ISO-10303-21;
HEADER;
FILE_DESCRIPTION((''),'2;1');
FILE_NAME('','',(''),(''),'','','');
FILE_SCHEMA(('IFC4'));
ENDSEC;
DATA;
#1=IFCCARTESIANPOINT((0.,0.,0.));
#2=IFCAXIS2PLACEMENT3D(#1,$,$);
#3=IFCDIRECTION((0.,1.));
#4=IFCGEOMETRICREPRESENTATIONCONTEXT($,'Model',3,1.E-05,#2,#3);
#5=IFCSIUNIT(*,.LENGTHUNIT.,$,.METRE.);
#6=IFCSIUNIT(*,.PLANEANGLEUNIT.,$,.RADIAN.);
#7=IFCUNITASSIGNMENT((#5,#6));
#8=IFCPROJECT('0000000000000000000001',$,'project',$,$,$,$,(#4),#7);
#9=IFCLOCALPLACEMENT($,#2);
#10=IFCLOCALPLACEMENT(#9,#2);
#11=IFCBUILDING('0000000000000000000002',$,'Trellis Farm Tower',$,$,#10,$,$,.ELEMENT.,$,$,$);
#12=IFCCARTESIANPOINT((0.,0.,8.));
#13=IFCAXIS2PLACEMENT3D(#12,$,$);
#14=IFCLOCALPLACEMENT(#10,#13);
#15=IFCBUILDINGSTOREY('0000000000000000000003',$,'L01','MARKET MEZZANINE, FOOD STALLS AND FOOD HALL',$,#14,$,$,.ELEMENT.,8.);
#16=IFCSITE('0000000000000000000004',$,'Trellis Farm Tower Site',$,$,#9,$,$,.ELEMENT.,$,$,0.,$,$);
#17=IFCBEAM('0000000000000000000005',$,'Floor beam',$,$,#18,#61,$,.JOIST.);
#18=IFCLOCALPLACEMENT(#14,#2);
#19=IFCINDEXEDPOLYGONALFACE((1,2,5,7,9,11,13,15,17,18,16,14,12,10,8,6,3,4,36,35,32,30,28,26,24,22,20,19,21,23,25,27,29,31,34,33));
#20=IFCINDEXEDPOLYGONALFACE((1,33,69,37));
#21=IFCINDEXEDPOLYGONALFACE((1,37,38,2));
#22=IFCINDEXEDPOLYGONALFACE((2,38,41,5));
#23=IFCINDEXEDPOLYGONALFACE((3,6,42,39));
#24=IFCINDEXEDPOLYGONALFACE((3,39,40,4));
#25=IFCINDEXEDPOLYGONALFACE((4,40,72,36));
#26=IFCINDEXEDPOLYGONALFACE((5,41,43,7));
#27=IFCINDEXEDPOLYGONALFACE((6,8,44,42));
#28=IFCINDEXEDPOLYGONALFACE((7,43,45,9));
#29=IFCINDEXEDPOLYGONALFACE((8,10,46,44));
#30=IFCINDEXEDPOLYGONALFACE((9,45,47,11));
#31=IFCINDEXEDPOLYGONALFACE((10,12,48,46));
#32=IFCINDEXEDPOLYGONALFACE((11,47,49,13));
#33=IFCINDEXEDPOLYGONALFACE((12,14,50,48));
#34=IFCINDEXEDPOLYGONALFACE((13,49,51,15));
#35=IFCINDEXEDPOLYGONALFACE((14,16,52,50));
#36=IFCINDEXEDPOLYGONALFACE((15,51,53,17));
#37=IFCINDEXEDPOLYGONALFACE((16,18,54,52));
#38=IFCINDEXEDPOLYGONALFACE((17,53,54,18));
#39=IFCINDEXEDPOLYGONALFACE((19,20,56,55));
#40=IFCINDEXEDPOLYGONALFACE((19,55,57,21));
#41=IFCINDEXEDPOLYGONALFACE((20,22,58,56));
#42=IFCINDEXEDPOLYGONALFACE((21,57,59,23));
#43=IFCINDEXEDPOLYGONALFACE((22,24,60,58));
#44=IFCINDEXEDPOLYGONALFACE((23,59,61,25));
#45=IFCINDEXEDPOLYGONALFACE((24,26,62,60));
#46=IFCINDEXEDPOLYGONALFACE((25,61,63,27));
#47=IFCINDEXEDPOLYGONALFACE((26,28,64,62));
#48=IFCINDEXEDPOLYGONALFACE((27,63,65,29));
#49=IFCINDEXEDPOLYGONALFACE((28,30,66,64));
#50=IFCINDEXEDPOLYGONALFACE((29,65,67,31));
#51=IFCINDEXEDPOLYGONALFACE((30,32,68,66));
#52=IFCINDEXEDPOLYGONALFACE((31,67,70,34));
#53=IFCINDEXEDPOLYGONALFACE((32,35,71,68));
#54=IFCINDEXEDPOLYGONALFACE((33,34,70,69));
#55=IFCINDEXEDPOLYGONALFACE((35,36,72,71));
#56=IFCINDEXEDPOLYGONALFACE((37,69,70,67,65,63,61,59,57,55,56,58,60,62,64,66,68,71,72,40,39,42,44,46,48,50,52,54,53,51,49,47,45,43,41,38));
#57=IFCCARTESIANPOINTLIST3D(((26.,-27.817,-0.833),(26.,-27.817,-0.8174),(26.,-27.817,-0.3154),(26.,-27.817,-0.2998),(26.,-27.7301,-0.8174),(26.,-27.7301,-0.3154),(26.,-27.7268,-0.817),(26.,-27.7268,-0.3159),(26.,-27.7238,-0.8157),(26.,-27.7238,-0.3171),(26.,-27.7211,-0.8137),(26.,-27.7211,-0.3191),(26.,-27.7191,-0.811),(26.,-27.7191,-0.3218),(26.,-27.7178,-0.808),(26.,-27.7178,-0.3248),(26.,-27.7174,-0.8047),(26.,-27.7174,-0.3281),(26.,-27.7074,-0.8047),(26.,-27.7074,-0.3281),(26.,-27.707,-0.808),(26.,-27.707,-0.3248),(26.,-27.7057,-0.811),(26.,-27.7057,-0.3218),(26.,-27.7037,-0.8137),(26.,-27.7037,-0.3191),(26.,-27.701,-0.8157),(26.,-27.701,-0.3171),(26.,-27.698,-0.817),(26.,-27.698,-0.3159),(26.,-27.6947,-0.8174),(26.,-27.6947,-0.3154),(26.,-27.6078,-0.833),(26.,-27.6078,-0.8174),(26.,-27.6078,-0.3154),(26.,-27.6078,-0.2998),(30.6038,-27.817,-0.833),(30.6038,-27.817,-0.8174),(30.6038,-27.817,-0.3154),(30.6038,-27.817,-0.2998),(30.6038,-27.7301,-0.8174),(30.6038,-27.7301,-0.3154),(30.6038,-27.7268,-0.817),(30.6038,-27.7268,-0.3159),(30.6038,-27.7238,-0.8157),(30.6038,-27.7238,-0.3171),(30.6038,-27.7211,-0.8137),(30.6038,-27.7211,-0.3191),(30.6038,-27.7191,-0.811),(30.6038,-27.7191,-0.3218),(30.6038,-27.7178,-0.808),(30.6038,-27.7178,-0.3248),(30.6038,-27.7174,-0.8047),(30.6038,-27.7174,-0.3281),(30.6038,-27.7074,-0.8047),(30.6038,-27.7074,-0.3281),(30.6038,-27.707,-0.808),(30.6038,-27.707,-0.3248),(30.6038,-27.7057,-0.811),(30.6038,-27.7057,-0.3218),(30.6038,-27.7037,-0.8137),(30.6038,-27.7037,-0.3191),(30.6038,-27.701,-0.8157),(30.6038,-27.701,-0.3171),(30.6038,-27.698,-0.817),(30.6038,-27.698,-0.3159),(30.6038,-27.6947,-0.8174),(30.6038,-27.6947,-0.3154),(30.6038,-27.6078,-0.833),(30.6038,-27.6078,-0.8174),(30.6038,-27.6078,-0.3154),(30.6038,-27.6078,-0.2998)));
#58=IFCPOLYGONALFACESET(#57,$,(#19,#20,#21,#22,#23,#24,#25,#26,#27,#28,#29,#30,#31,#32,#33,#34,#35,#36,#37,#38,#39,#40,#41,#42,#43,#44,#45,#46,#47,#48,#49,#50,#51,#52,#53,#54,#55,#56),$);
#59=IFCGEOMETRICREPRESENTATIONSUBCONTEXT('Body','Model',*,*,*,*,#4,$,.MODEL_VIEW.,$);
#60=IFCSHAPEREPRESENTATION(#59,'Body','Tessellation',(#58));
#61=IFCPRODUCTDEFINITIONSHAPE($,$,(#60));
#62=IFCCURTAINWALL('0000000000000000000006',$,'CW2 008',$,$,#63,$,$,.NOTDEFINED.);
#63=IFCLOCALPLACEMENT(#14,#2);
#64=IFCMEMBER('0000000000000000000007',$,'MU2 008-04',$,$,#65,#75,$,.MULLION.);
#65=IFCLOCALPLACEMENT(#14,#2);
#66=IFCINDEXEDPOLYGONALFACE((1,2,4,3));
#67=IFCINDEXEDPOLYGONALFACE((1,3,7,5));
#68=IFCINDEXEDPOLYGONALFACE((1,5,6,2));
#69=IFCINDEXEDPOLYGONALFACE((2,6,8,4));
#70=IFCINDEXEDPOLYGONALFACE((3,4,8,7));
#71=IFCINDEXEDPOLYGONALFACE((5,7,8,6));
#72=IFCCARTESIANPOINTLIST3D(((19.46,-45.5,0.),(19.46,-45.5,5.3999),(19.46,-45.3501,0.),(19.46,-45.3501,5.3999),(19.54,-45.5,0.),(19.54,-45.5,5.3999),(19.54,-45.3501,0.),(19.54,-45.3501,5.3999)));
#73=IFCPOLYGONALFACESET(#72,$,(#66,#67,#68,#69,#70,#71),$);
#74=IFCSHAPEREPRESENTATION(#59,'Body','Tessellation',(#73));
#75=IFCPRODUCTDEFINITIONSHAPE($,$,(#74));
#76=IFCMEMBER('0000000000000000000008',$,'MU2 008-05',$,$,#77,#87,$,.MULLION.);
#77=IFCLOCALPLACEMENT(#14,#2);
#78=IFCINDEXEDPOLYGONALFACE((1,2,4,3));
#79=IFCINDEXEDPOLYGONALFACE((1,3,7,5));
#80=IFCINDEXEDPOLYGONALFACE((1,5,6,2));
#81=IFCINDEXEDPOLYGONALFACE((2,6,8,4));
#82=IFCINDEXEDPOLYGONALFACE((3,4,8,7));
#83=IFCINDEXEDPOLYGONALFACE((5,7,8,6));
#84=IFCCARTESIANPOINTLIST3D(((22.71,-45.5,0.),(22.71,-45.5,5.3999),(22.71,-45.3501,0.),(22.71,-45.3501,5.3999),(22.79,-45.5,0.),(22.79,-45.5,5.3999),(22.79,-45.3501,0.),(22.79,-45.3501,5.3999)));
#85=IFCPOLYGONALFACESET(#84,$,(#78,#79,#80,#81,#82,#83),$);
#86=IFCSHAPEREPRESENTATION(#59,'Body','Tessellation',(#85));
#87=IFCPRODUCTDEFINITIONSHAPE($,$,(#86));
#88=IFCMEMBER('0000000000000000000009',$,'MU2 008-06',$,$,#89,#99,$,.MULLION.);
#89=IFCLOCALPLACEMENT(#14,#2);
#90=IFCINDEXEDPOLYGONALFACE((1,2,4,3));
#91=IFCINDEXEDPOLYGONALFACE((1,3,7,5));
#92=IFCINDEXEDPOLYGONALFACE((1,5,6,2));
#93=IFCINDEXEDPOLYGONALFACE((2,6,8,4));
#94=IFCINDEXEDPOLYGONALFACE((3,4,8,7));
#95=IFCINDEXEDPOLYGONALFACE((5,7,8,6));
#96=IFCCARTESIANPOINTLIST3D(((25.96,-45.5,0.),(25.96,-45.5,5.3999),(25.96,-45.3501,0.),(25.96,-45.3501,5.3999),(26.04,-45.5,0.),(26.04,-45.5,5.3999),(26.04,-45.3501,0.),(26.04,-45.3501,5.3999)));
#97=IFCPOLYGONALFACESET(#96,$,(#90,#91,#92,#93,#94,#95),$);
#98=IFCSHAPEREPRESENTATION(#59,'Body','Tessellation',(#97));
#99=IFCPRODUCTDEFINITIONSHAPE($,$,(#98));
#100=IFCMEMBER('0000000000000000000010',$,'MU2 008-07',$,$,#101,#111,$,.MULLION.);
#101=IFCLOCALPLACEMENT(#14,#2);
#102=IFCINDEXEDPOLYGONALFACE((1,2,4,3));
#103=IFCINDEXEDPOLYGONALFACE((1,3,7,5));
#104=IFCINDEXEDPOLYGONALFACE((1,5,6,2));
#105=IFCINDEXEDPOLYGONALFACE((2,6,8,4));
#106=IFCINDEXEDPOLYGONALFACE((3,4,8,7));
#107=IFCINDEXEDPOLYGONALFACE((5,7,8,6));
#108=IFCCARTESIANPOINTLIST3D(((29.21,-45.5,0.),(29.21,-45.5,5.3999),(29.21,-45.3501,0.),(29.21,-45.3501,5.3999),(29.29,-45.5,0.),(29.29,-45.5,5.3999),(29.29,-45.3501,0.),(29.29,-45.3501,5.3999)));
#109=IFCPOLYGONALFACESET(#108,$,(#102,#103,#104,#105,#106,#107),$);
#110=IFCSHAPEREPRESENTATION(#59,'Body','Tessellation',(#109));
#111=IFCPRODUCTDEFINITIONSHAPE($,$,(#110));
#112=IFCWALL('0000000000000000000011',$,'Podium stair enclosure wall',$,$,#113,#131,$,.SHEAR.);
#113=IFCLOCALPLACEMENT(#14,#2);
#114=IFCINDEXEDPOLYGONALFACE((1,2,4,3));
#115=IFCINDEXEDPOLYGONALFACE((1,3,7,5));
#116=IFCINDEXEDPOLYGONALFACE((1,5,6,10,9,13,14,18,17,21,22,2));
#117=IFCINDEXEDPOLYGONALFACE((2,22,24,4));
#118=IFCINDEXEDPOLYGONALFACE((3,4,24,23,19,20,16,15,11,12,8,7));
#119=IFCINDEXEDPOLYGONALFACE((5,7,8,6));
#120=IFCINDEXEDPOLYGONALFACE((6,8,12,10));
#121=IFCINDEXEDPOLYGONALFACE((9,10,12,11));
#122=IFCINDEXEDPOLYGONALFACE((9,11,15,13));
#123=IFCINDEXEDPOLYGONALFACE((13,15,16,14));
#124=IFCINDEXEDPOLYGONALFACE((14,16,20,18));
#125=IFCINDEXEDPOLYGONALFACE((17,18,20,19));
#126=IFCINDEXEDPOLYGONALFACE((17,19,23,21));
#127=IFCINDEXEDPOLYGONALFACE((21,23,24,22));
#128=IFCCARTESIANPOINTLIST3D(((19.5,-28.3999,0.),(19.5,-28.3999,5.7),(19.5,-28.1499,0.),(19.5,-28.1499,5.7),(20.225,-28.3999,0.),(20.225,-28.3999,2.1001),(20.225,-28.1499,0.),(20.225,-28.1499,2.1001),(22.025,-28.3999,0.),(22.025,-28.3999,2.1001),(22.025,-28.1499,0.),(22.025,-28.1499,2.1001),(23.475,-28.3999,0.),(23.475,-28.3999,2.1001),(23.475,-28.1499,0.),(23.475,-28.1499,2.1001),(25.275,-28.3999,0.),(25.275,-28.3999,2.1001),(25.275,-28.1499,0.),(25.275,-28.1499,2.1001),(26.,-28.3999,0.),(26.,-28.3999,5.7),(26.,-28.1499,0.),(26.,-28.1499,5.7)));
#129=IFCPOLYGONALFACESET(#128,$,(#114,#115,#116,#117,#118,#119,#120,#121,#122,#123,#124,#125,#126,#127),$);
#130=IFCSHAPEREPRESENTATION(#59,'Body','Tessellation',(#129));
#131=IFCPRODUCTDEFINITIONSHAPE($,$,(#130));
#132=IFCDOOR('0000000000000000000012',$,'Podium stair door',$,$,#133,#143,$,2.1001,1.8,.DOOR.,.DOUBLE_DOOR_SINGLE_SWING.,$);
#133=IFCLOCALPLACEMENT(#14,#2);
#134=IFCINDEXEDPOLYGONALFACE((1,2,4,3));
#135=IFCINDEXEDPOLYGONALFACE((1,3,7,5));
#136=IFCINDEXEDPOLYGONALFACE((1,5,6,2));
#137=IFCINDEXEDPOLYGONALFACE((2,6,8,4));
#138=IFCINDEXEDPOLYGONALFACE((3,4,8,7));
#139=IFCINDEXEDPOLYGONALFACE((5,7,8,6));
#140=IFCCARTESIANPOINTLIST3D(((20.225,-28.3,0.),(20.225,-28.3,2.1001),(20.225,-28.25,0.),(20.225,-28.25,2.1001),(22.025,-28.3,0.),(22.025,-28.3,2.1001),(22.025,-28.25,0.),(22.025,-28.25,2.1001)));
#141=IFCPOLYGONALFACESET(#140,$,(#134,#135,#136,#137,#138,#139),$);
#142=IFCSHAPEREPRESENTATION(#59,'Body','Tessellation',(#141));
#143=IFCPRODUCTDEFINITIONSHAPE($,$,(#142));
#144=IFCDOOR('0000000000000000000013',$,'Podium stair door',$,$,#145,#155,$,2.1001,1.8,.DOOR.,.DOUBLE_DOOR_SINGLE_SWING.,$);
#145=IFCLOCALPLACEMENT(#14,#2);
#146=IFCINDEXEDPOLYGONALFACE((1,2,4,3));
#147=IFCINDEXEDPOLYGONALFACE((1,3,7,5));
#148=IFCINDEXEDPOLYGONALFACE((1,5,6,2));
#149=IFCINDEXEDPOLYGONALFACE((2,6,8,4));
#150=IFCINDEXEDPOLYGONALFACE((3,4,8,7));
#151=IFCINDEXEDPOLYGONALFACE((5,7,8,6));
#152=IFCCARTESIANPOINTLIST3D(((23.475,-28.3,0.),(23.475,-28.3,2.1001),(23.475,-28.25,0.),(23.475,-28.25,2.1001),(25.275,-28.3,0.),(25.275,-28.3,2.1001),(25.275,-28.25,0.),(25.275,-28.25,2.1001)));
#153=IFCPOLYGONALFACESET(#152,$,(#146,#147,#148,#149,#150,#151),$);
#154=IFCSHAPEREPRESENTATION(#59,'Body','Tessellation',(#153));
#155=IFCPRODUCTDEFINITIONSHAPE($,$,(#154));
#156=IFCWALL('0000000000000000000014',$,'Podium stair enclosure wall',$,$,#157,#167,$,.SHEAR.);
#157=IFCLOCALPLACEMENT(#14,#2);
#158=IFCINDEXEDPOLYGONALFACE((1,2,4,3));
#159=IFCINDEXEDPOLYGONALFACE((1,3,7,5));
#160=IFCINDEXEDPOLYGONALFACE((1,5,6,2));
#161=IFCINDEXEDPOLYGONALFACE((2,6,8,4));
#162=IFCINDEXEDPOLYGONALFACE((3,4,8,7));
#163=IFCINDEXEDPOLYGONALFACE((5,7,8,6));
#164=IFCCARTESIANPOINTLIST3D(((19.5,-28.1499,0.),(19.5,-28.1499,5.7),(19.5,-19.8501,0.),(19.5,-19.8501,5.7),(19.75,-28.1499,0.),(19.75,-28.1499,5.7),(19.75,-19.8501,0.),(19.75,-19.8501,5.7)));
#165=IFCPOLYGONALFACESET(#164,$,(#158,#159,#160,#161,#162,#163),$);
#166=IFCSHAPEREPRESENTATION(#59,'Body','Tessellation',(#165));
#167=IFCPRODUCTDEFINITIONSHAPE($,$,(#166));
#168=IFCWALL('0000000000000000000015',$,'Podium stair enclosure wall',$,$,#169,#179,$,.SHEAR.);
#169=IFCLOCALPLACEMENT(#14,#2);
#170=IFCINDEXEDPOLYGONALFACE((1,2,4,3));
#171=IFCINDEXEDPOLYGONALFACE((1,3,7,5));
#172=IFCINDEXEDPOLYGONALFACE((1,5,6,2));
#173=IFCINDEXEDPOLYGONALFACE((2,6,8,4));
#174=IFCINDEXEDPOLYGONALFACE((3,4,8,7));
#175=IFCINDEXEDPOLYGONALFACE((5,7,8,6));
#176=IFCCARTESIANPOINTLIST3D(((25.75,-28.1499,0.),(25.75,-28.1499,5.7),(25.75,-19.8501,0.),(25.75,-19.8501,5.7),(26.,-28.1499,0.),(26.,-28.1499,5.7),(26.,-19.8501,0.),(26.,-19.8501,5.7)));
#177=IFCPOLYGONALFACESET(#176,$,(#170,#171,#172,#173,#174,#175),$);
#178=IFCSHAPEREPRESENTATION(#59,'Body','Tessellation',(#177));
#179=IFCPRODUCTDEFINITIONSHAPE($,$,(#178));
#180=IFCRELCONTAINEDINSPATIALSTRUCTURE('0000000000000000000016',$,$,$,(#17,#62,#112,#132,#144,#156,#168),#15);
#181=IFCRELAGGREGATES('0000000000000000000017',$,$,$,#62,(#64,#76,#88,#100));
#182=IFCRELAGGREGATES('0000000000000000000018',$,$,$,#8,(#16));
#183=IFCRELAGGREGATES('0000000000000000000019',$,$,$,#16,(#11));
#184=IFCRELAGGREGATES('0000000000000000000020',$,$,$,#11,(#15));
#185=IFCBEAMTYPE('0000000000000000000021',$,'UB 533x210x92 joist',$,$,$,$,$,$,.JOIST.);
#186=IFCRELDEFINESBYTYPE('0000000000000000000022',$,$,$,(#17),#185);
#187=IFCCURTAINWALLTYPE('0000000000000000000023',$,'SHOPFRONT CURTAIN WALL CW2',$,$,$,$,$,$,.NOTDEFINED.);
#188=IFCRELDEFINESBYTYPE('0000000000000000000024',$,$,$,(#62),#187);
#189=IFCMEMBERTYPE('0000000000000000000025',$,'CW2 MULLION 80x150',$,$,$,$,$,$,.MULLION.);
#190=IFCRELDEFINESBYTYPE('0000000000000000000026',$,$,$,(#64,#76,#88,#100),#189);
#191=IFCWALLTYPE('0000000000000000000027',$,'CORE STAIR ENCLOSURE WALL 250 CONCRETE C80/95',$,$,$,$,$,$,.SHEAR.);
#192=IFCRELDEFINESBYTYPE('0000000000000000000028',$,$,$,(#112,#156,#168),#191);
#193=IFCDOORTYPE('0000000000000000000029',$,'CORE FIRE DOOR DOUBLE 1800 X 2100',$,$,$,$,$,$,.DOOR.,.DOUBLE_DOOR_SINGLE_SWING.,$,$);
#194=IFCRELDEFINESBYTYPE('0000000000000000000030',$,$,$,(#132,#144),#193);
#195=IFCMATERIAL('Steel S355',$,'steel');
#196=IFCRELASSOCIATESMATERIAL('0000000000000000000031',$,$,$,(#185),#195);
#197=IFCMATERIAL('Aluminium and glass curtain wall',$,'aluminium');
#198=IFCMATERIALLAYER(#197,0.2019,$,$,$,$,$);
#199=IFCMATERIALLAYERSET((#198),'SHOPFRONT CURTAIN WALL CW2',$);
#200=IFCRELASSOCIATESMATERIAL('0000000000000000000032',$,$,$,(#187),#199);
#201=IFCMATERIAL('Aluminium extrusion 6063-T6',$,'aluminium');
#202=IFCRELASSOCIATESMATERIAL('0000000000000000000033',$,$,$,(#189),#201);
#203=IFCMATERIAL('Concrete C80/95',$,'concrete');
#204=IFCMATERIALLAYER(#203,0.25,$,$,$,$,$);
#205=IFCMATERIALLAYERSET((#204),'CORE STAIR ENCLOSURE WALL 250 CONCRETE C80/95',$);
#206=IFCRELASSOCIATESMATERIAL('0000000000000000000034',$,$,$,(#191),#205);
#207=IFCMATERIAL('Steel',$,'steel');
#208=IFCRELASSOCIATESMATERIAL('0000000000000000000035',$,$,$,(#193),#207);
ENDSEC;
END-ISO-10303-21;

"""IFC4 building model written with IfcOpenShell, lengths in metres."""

from ifc_helpers import new_model, si_unit, direction, frame, frame_2d, origin, origin_2d, place, context, subcontext, project, spatial, rectangle, i_section, extrude, source, transform, mapped, material, layer, layer_set, material_profile, profile_set, type_object, element, fill, aggregate, save


model = new_model("IFC4")

# Units and contexts
model_context = context("Model", 3, precision=1e-05, world=origin(), true_north=direction((0.0, 1.0)))
body_context = subcontext(model_context, "Body", "Model", "MODEL_VIEW")
ifc_project = project(units=[si_unit("LENGTHUNIT", "METRE"), si_unit("PLANEANGLEUNIT", "RADIAN")], contexts=[model_context])

# Site, building, storey
site_placement = place(None, origin())
site = spatial("IfcSite", under=ifc_project, at=site_placement, Name="Trellis Farm Tower Site", CompositionType="ELEMENT", RefElevation=0.0)
building_placement = place(site_placement, origin())
building = spatial("IfcBuilding", under=site, at=building_placement, Name="Trellis Farm Tower", CompositionType="ELEMENT")
storey_placement = place(building_placement, frame((0.0, 0.0, 8.0)))
storey = spatial("IfcBuildingStorey", under=building, at=storey_placement, Name="L01", Description="MARKET MEZZANINE, FOOD STALLS AND FOOD HALL", CompositionType="ELEMENT", Elevation=8.0)

# Beam
ifc_material_1 = material(Name="Steel S355", Category="steel")
ifc_material_profile_1 = material_profile(ifc_material_1, i_section(OverallWidth=0.2092, OverallDepth=0.5332, WebThickness=0.01, FlangeThickness=0.0156, FilletRadius=0.0127, at=origin_2d()), Name="UB 533x210x92")
ifc_profile_set_1 = profile_set([ifc_material_profile_1], Name="Steel S355")
beam_type_1 = type_object("IfcBeamType", Name="UB 533x210x92 joist", PredefinedType="JOIST", material=ifc_profile_set_1)
shared_shape_1 = source(origin(), body_context, "Body", "SweptSolid", [
    extrude(i_section(OverallWidth=0.2092, OverallDepth=0.5332, WebThickness=0.01, FlangeThickness=0.0156, FilletRadius=0.0127, at=origin_2d()), origin(), (0.0, 0.0, 1.0), 4.6038),
])
beam_placement = place(storey_placement, frame((26.0, -27.7124, -0.5664), z_axis=(1.0, 0.0, 0.0), x_axis=(0.0, 1.0, 0.0)))
element("IfcBeam", 1, at=beam_placement, inside=storey, type_object=beam_type_1, Name="Floor beam", PredefinedType="JOIST", context=body_context, shape_type="MappedRepresentation", body=[
    mapped(shared_shape_1, transform((0.0, 0.0, 0.0))),
])

# Curtain wall, members
ifc_material_2 = material(Name="Aluminium and glass curtain wall", Category="aluminium")
ifc_layer_1 = layer(ifc_material_2, 0.2019)
ifc_layer_set_1 = layer_set([ifc_layer_1], Name="SHOPFRONT CURTAIN WALL CW2")
curtain_wall_type = type_object("IfcCurtainWallType", Name="SHOPFRONT CURTAIN WALL CW2", PredefinedType="NOTDEFINED", material=ifc_layer_set_1)
placement = place(storey_placement, origin())
curtain_wall = element("IfcCurtainWall", 2, at=placement, inside=storey, type_object=curtain_wall_type, Name="CW2 008", PredefinedType="NOTDEFINED")
ifc_material_3 = material(Name="Aluminium extrusion 6063-T6", Category="aluminium")
ifc_material_profile_2 = material_profile(ifc_material_3, rectangle(XDim=0.0801, YDim=0.1499, at=origin_2d()), Name="MULLION 80x150")
ifc_profile_set_2 = profile_set([ifc_material_profile_2], Name="Aluminium extrusion 6063-T6")
member_type = type_object("IfcMemberType", Name="CW2 MULLION 80x150", PredefinedType="MULLION", material=ifc_profile_set_2)
shared_shape_2 = source(origin(), body_context, "Body", "SweptSolid", [
    extrude(rectangle(XDim=0.0801, YDim=0.1499, at=origin_2d()), origin(), (0.0, 0.0, 1.0), 5.3999),
])
member_1_placement = place(storey_placement, frame((19.5, -45.425, 0.0), z_axis=(0.0, 0.0, 1.0), x_axis=(1.0, 0.0, 0.0)))
member_1 = element("IfcMember", 3, at=member_1_placement, type_object=member_type, Name="MU2 008-04", PredefinedType="MULLION", context=body_context, shape_type="MappedRepresentation", body=[
    mapped(shared_shape_2, transform((0.0, 0.0, 0.0))),
])
member_2_placement = place(storey_placement, frame((22.75, -45.425, 0.0), z_axis=(0.0, 0.0, 1.0), x_axis=(1.0, 0.0, 0.0)))
member_2 = element("IfcMember", 4, at=member_2_placement, type_object=member_type, Name="MU2 008-05", PredefinedType="MULLION", context=body_context, shape_type="MappedRepresentation", body=[
    mapped(shared_shape_2, transform((0.0, 0.0, 0.0))),
])
member_3_placement = place(storey_placement, frame((26.0, -45.425, 0.0), z_axis=(0.0, 0.0, 1.0), x_axis=(1.0, 0.0, 0.0)))
member_3 = element("IfcMember", 5, at=member_3_placement, type_object=member_type, Name="MU2 008-06", PredefinedType="MULLION", context=body_context, shape_type="MappedRepresentation", body=[
    mapped(shared_shape_2, transform((0.0, 0.0, 0.0))),
])
member_4_placement = place(storey_placement, frame((29.25, -45.425, 0.0), z_axis=(0.0, 0.0, 1.0), x_axis=(1.0, 0.0, 0.0)))
member_4 = element("IfcMember", 6, at=member_4_placement, type_object=member_type, Name="MU2 008-07", PredefinedType="MULLION", context=body_context, shape_type="MappedRepresentation", body=[
    mapped(shared_shape_2, transform((0.0, 0.0, 0.0))),
])
aggregate(curtain_wall, [member_1, member_2, member_3, member_4])

# Wall, openings, doors
ifc_material_4 = material(Name="Concrete C80/95", Category="concrete")
ifc_layer_2 = layer(ifc_material_4, 0.25)
ifc_layer_set_2 = layer_set([ifc_layer_2], Name="CORE STAIR ENCLOSURE WALL 250 CONCRETE C80/95")
wall_type_1 = type_object("IfcWallType", Name="CORE STAIR ENCLOSURE WALL 250 CONCRETE C80/95", PredefinedType="SHEAR", material=ifc_layer_set_2)
shared_shape_3 = source(origin(), body_context, "Body", "SweptSolid", [
    extrude(rectangle(XDim=6.5, YDim=0.25, at=frame_2d((3.25, 0.0))), origin(), (0.0, 0.0, 1.0), 5.7),
])
wall_1_placement = place(storey_placement, frame((19.5, -28.2749, 0.0), z_axis=(0.0, 0.0, 1.0), x_axis=(1.0, 0.0, 0.0)))
wall_1 = element("IfcWall", 7, at=wall_1_placement, inside=storey, type_object=wall_type_1, Name="Podium stair enclosure wall", PredefinedType="SHEAR", context=body_context, shape_type="MappedRepresentation", body=[
    mapped(shared_shape_3, transform((0.0, 0.0, 0.0))),
])
shared_shape_4 = source(origin(), body_context, "Body", "SweptSolid", [
    extrude(rectangle(XDim=1.8, YDim=2.1001, at=frame_2d((0.8999, 1.05))), frame((0.0, 0.135, 0.0), z_axis=(0.0, -1.0, 0.0), x_axis=(1.0, 0.0, 0.0)), (0.0, 0.0, 1.0), 0.27),
])
opening_1_placement = place(wall_1_placement, frame((0.7251, 0.0, 0.0)))
opening_1 = element("IfcOpeningElement", 8, at=opening_1_placement, cuts=wall_1, PredefinedType="OPENING", context=body_context, shape_type="MappedRepresentation", body=[
    mapped(shared_shape_4, transform((0.0, 0.0, 0.0))),
])
opening_2_placement = place(wall_1_placement, frame((3.9751, 0.0, 0.0)))
opening_2 = element("IfcOpeningElement", 9, at=opening_2_placement, cuts=wall_1, PredefinedType="OPENING", context=body_context, shape_type="MappedRepresentation", body=[
    mapped(shared_shape_4, transform((0.0, 0.0, 0.0))),
])
ifc_material_5 = material(Name="Steel", Category="steel")
door_type = type_object("IfcDoorType", Name="CORE FIRE DOOR DOUBLE 1800 X 2100", OperationType="DOUBLE_DOOR_SINGLE_SWING", PredefinedType="DOOR", material=ifc_material_5)
shared_shape_5 = source(origin(), body_context, "Body", "SweptSolid", [
    extrude(rectangle(XDim=1.8, YDim=2.1001, at=frame_2d((0.8999, 1.05))), frame((0.0, 0.0249, 0.0), z_axis=(0.0, -1.0, 0.0), x_axis=(1.0, 0.0, 0.0)), (0.0, 0.0, 1.0), 0.05),
])
door_1_placement = place(opening_1_placement, origin())
door_1 = element("IfcDoor", 10, at=door_1_placement, inside=storey, type_object=door_type, Name="Podium stair door", OperationType="DOUBLE_DOOR_SINGLE_SWING", OverallHeight=2.1001, OverallWidth=1.8, PredefinedType="DOOR", context=body_context, shape_type="MappedRepresentation", body=[
    mapped(shared_shape_5, transform((0.0, 0.0, 0.0))),
])
fill(opening_1, door_1)
door_2_placement = place(opening_2_placement, origin())
door_2 = element("IfcDoor", 11, at=door_2_placement, inside=storey, type_object=door_type, Name="Podium stair door", OperationType="DOUBLE_DOOR_SINGLE_SWING", OverallHeight=2.1001, OverallWidth=1.8, PredefinedType="DOOR", context=body_context, shape_type="MappedRepresentation", body=[
    mapped(shared_shape_5, transform((0.0, 0.0, 0.0))),
])
fill(opening_2, door_2)

# Walls
shared_shape_6 = source(origin(), body_context, "Body", "SweptSolid", [
    extrude(rectangle(XDim=8.2998, YDim=0.25, at=frame_2d((4.1499, 0.0))), origin(), (0.0, 0.0, 1.0), 5.7),
])
for number, where, z_axis, x_axis, name in (
    (12, (19.625, -28.1499, 0.0), (0.0, 0.0, 1.0), (0.0, 1.0, 0.0), "Podium stair enclosure wall"),
    (13, (25.875, -28.1499, 0.0), (0.0, 0.0, 1.0), (0.0, 1.0, 0.0), "Podium stair enclosure wall"),
):
    element("IfcWall", number, at=place(storey_placement, frame(where, z_axis=z_axis, x_axis=x_axis)), inside=storey, type_object=wall_type_1, Name=name, PredefinedType="SHEAR", context=body_context, shape_type="MappedRepresentation", body=[
        mapped(shared_shape_6, transform((0.0, 0.0, 0.0))),
    ])

save(model, "model.ifc")
